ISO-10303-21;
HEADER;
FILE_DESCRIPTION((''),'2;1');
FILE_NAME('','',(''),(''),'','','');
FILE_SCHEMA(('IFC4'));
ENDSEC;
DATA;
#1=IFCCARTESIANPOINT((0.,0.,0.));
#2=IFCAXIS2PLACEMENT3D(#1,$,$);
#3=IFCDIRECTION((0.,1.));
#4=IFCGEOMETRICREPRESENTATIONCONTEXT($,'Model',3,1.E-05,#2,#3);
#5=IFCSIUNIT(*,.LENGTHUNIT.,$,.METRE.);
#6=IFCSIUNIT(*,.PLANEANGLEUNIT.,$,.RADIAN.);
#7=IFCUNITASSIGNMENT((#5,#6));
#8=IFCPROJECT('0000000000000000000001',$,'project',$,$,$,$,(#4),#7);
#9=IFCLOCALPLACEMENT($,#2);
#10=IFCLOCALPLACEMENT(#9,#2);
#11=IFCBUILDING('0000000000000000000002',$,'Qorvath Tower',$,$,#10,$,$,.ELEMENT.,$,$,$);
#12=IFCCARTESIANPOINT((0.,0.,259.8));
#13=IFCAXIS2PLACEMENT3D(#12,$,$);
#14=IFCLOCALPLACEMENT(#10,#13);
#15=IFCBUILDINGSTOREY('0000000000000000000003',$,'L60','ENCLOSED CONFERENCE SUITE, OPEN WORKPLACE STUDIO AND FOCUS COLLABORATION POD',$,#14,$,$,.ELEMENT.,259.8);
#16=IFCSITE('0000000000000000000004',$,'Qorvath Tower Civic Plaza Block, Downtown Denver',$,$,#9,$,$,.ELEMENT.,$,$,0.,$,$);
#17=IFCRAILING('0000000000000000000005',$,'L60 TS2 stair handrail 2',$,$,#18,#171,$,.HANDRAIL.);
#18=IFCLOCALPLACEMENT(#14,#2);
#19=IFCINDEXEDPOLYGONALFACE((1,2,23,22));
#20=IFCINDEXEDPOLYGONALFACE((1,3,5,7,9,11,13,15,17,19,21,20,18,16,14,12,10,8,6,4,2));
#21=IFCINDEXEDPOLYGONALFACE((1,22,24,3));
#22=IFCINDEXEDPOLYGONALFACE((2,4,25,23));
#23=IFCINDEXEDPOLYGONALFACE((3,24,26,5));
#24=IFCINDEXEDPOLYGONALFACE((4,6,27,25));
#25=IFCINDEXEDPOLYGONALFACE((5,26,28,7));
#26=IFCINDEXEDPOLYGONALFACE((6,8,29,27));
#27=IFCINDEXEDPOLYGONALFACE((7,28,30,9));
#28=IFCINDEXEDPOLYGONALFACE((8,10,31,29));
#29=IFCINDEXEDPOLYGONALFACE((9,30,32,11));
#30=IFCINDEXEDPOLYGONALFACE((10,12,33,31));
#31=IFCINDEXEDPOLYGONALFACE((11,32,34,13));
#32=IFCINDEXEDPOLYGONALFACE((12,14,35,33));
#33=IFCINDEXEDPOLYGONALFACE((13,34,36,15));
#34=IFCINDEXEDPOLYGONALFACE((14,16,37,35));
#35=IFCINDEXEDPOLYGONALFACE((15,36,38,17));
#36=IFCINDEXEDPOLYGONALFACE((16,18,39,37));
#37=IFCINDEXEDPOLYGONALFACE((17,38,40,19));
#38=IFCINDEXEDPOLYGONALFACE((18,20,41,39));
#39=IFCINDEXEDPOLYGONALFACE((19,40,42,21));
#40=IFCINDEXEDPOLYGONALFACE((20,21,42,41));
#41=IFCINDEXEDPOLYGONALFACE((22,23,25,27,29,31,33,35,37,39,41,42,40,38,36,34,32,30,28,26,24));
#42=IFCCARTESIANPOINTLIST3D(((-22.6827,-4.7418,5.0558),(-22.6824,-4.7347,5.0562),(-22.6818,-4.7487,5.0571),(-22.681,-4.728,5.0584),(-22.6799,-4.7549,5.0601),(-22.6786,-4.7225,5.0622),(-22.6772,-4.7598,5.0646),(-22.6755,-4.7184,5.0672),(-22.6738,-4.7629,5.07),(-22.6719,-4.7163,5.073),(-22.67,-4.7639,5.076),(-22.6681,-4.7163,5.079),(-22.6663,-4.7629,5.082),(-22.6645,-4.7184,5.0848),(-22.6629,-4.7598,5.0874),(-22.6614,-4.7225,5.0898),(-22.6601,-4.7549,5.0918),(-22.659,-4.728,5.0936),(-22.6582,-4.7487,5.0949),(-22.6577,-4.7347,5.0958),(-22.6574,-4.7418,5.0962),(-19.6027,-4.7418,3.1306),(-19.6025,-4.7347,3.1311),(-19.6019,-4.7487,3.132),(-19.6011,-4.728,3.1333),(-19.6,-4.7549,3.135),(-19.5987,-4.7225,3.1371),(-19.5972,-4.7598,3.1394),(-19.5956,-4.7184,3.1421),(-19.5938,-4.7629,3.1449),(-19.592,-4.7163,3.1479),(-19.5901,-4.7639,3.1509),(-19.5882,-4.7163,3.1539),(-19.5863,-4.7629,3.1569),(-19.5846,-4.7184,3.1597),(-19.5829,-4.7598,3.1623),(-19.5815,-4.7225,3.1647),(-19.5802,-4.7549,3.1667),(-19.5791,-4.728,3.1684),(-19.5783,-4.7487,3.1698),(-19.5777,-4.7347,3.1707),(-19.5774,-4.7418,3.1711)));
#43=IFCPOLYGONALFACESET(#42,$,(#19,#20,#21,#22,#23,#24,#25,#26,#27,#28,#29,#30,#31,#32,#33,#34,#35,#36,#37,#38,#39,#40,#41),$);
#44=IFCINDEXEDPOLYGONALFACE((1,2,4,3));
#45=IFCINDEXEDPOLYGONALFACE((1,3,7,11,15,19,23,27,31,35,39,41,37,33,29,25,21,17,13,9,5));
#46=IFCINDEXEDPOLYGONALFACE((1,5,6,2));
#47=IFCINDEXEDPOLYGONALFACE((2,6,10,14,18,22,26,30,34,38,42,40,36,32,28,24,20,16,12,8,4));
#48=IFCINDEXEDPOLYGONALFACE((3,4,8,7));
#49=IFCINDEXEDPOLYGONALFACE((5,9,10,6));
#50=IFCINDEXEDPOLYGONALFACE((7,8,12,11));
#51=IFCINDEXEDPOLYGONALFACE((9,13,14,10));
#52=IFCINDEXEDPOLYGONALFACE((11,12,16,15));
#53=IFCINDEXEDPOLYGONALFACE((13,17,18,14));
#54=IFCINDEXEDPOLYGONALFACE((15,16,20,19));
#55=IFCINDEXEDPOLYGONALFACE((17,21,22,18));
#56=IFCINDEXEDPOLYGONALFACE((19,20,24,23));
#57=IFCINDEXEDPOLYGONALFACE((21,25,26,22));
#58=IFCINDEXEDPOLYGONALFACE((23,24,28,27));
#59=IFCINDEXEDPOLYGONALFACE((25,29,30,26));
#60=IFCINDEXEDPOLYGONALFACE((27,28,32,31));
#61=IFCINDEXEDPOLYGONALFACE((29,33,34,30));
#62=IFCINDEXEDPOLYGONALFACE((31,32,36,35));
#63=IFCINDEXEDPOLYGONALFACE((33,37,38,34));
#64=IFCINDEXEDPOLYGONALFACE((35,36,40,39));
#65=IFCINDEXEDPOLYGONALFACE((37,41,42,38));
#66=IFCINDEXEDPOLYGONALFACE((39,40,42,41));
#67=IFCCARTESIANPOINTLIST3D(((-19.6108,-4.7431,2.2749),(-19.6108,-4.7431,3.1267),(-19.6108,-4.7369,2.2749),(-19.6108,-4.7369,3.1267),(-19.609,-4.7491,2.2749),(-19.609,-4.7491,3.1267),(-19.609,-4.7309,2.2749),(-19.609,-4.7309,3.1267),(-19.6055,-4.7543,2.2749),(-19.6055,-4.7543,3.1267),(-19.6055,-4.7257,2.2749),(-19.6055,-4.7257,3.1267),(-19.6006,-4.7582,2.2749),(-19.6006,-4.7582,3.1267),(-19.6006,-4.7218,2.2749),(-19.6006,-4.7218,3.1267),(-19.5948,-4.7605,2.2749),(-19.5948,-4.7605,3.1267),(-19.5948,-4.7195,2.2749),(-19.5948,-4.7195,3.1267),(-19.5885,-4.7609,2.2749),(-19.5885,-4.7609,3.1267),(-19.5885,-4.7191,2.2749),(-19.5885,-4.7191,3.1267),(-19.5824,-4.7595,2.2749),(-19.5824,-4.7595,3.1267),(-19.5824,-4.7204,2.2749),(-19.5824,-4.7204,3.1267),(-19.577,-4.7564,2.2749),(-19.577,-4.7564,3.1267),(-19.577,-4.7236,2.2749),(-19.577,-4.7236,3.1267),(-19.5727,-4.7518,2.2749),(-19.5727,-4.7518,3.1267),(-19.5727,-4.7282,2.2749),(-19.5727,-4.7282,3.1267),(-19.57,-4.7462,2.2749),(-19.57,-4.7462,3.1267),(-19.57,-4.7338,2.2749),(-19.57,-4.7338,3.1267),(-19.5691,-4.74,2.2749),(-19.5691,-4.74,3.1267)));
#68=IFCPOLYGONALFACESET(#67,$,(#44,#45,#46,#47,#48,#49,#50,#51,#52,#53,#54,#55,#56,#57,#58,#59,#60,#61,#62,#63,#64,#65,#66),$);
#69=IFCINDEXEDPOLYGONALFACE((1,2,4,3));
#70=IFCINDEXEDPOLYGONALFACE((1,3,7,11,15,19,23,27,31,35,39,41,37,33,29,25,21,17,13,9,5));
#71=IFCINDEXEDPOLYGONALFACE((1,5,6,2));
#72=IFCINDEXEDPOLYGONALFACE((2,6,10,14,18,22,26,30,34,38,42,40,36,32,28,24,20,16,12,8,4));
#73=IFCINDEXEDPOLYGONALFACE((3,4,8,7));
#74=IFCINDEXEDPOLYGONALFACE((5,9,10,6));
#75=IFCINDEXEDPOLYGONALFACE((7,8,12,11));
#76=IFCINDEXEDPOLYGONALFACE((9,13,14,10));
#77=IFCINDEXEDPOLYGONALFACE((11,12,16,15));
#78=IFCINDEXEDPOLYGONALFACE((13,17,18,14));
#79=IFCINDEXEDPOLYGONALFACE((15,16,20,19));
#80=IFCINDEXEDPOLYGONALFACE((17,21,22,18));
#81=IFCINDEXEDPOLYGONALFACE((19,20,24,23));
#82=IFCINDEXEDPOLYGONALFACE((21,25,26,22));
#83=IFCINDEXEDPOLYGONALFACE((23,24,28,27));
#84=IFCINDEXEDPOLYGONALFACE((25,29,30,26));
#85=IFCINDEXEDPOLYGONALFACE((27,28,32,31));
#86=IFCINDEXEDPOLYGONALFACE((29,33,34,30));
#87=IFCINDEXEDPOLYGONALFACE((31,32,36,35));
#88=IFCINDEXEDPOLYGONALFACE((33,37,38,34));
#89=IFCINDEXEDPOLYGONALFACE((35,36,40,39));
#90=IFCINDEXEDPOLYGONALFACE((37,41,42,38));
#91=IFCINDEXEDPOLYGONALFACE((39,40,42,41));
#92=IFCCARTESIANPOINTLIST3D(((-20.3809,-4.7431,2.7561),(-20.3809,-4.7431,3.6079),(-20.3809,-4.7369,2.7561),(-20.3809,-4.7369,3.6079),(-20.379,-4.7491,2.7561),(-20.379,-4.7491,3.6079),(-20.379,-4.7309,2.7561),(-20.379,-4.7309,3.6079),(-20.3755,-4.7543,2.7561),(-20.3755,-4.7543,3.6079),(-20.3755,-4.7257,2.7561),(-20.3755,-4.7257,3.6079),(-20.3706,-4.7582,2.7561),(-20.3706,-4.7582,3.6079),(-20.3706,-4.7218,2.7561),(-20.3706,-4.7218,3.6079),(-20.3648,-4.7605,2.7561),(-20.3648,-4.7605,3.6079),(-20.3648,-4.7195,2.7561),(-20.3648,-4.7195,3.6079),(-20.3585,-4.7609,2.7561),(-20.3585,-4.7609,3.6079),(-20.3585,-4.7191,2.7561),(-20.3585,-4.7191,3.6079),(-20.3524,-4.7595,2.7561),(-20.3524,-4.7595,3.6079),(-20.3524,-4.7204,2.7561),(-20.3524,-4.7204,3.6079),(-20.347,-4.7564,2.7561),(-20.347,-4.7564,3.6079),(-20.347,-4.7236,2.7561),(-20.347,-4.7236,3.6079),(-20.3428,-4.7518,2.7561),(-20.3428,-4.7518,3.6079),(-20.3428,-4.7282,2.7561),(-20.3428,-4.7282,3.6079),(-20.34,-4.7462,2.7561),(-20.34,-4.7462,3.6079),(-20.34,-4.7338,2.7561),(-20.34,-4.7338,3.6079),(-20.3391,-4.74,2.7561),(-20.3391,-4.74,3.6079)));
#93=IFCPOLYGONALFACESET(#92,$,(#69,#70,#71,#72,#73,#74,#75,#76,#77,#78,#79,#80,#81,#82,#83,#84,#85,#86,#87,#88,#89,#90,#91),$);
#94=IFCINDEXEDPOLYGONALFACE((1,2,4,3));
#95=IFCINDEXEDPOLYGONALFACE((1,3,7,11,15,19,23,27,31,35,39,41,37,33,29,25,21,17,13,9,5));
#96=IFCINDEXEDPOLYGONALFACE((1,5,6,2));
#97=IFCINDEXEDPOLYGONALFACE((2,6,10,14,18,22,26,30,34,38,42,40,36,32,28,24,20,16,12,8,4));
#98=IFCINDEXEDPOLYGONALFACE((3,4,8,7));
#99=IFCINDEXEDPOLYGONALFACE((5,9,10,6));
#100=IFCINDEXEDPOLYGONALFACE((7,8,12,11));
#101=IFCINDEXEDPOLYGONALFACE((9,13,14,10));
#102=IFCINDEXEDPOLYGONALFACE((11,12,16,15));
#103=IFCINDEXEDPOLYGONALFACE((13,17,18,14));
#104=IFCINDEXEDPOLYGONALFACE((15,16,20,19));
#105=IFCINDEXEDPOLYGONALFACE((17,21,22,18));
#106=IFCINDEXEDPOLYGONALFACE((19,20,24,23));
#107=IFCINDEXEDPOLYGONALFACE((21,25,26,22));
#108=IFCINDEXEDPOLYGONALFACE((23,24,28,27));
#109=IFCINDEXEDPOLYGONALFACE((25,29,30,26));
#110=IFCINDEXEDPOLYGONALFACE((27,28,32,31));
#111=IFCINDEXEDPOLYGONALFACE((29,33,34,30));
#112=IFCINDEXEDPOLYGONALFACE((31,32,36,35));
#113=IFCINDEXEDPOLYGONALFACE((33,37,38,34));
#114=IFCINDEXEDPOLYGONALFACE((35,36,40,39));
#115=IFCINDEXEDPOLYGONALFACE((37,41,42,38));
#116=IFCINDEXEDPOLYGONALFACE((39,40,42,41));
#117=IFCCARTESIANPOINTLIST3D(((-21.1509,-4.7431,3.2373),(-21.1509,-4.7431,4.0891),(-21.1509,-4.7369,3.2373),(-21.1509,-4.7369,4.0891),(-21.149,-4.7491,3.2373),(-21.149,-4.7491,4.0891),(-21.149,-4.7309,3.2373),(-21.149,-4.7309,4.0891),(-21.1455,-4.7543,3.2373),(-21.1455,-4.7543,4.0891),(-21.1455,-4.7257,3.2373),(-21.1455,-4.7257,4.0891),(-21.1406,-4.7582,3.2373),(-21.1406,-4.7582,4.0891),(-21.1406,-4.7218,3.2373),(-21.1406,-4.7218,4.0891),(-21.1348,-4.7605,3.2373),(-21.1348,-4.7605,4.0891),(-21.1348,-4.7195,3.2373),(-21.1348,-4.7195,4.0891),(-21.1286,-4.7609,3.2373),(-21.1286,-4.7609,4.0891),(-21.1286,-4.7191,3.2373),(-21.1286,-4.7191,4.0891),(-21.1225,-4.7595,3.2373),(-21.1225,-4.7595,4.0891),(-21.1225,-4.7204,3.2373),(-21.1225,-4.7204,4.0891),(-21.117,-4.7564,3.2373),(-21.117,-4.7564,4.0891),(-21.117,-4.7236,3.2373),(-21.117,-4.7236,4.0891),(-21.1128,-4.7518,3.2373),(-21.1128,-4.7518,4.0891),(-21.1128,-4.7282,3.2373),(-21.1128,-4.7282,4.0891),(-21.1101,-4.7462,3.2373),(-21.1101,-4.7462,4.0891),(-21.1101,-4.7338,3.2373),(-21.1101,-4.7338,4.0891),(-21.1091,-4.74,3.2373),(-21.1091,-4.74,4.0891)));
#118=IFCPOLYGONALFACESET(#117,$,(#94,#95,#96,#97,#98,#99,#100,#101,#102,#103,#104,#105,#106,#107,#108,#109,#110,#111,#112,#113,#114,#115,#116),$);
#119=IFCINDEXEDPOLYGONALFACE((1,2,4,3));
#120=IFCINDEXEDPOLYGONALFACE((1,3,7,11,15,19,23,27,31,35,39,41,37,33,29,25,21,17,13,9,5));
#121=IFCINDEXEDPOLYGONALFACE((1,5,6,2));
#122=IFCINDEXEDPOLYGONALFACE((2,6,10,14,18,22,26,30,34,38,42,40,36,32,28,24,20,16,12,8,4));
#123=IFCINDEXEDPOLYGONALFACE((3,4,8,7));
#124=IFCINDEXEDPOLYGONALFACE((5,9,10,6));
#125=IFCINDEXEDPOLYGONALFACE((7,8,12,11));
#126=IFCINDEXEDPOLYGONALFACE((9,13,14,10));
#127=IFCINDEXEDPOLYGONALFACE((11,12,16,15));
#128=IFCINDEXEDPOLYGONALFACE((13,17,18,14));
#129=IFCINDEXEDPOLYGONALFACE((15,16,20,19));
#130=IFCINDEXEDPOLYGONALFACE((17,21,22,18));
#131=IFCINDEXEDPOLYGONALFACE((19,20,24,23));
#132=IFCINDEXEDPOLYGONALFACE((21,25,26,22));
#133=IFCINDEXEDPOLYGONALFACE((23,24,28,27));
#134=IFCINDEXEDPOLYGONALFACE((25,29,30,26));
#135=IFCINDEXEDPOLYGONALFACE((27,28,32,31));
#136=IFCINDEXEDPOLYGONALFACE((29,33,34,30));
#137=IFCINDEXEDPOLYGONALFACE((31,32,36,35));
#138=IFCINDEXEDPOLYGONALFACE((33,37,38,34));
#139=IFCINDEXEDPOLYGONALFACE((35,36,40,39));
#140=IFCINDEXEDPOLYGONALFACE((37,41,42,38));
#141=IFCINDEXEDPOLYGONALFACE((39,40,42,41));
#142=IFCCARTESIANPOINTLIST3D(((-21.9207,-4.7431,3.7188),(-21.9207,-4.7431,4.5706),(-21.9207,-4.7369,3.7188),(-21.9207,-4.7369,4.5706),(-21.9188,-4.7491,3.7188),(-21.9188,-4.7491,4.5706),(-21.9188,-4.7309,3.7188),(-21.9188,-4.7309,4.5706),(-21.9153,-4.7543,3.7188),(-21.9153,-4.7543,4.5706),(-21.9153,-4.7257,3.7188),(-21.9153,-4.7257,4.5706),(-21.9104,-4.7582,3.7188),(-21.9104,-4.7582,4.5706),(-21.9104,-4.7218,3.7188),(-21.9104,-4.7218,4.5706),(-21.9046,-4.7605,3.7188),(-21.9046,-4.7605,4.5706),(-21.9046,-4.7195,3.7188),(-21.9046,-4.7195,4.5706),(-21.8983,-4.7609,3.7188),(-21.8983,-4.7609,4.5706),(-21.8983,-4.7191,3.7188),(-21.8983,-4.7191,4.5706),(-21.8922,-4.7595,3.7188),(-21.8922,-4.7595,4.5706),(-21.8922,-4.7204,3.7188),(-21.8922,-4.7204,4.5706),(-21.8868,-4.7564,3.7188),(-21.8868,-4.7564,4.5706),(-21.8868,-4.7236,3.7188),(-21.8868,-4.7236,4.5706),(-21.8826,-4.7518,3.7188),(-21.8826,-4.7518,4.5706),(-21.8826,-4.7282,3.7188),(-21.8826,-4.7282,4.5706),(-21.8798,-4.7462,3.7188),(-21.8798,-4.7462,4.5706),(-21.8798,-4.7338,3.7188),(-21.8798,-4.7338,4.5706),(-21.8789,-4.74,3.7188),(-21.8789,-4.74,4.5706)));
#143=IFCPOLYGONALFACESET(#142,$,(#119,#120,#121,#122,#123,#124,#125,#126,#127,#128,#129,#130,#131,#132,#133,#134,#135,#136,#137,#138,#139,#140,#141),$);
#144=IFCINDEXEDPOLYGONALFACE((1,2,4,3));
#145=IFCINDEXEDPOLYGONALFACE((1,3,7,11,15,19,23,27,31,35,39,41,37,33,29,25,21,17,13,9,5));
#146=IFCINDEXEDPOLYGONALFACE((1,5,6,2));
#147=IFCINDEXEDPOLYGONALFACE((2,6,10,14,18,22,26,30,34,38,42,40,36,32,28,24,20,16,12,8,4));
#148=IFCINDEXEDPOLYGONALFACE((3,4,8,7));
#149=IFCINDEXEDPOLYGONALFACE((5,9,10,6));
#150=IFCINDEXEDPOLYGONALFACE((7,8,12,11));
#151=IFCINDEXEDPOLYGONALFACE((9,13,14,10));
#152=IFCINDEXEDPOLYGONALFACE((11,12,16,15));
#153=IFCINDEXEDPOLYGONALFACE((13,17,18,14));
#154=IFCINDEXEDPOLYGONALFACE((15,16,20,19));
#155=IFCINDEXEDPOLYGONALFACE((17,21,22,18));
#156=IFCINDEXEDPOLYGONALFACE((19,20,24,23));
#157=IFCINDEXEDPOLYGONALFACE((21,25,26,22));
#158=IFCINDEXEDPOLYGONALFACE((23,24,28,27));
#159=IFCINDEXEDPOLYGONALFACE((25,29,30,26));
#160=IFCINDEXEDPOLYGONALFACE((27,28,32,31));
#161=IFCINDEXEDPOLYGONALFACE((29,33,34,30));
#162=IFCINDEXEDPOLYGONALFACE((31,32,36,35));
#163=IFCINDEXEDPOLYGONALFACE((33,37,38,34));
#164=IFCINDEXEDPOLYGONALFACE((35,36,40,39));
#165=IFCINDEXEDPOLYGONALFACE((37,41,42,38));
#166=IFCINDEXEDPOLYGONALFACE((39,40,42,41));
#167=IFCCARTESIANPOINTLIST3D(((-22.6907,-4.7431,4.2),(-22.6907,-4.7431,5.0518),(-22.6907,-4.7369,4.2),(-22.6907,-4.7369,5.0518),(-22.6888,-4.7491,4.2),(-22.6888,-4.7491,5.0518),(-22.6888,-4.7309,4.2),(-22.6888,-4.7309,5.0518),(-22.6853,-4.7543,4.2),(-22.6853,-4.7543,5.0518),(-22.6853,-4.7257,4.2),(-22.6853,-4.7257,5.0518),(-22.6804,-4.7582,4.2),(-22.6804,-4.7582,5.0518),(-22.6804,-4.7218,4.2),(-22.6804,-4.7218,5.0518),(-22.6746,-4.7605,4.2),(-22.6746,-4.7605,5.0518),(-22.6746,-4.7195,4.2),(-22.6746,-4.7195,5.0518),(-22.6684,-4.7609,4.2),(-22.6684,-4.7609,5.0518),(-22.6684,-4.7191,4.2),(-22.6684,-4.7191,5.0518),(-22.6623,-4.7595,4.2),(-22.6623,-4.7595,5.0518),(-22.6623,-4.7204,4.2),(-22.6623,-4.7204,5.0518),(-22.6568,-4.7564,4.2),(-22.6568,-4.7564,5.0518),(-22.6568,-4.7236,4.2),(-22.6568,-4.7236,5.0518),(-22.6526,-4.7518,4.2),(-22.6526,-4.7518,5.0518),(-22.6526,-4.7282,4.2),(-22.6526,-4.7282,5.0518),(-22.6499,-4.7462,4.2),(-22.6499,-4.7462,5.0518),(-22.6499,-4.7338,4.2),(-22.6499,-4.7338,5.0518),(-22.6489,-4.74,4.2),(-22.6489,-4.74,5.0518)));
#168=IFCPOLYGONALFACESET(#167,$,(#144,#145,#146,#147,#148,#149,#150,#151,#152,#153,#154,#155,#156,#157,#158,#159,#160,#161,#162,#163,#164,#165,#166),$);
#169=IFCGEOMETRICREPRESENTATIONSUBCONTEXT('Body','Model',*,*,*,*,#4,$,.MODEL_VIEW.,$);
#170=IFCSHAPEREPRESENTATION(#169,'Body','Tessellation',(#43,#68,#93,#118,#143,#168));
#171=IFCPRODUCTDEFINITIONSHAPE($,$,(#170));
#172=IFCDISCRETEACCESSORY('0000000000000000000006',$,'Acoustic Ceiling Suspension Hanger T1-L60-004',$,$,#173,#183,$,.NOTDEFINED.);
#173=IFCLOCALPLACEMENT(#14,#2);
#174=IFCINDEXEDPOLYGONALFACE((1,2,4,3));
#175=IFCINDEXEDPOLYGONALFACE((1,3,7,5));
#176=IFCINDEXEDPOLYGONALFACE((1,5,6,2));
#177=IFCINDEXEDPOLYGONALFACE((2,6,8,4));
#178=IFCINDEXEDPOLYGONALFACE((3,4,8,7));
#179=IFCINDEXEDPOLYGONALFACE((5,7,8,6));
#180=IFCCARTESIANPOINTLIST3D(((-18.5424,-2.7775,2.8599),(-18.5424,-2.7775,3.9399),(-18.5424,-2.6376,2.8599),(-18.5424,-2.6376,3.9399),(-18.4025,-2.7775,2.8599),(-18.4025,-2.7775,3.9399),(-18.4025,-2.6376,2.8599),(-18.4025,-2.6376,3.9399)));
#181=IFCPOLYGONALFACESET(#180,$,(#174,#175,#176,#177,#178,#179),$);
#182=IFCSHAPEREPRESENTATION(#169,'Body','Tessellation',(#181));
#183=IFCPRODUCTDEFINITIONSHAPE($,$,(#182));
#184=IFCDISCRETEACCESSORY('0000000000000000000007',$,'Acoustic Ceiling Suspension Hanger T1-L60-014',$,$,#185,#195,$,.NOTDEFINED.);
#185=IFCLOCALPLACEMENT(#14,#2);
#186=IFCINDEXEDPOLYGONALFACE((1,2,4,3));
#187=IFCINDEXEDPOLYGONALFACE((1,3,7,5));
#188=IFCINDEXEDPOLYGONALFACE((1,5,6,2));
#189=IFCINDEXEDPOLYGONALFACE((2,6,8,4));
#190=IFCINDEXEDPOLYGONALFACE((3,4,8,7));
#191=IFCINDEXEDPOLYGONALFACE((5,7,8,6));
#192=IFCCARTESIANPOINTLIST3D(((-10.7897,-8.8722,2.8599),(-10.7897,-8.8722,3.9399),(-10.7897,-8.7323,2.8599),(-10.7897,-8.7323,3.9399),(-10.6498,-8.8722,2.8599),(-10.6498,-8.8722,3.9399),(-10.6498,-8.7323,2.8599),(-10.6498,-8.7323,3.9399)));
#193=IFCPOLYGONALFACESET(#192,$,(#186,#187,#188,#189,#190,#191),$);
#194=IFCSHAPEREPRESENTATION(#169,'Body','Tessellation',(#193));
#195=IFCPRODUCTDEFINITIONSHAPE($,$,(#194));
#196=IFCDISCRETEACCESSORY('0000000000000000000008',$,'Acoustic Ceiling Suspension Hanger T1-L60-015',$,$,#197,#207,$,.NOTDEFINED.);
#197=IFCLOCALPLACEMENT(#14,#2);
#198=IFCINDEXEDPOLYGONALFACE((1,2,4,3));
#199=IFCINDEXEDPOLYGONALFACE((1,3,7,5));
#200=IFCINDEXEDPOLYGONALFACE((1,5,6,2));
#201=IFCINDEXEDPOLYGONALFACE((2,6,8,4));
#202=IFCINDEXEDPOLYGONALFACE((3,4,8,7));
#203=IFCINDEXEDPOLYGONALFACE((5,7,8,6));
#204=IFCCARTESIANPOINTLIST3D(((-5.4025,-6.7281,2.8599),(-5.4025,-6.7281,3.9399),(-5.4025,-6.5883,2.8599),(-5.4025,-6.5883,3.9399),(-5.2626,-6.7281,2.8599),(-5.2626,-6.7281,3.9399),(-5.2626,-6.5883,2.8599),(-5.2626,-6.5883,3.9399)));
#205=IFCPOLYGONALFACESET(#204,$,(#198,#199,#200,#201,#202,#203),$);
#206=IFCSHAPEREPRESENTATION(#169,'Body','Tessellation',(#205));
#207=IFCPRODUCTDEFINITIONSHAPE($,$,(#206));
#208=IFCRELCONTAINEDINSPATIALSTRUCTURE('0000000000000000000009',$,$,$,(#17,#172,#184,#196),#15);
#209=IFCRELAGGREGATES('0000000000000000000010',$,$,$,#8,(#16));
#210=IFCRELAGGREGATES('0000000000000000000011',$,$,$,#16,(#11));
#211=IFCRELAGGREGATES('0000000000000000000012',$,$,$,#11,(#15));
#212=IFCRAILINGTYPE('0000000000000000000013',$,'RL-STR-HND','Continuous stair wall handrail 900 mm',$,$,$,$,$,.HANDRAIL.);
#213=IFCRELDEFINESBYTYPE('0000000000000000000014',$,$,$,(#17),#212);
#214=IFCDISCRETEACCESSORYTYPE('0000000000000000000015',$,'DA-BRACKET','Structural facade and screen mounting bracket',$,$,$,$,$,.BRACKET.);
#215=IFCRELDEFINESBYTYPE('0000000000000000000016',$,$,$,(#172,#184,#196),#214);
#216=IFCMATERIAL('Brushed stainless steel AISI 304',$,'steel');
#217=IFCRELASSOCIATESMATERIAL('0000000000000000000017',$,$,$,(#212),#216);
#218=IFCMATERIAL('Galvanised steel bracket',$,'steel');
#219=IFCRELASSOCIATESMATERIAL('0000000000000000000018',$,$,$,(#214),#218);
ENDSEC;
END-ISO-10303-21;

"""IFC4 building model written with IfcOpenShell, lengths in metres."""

from ifc_helpers import new_model, si_unit, direction, frame, origin, origin_2d, place, context, subcontext, project, spatial, rectangle, circle, extrude, material, type_object, element, save


model = new_model("IFC4")

# Units and contexts
model_context = context("Model", 3, precision=1e-05, world=origin(), true_north=direction((0.0, 1.0)))
body_context = subcontext(model_context, "Body", "Model", "MODEL_VIEW")
ifc_project = project(units=[si_unit("LENGTHUNIT", "METRE"), si_unit("PLANEANGLEUNIT", "RADIAN")], contexts=[model_context])

# Site, building, storey
site_placement = place(None, origin())
site = spatial("IfcSite", under=ifc_project, at=site_placement, Name="Qorvath Tower Civic Plaza Block, Downtown Denver", CompositionType="ELEMENT", RefElevation=0.0)
building_placement = place(site_placement, origin())
building = spatial("IfcBuilding", under=site, at=building_placement, Name="Qorvath Tower", CompositionType="ELEMENT")
storey_placement = place(building_placement, frame((0.0, 0.0, 259.8)))
storey = spatial("IfcBuildingStorey", under=building, at=storey_placement, Name="L60", Description="ENCLOSED CONFERENCE SUITE, OPEN WORKPLACE STUDIO AND FOCUS COLLABORATION POD", CompositionType="ELEMENT", Elevation=259.8)

# Railing
ifc_material_1 = material(Name="Brushed stainless steel AISI 304", Category="steel")
railing_type_1 = type_object("IfcRailingType", Name="RL-STR-HND", Description="Continuous stair wall handrail 900 mm", PredefinedType="HANDRAIL", material=ifc_material_1)
railing_1_placement = place(storey_placement, frame((-19.5901, -4.74, 2.2749)))
element("IfcRailing", 1, at=railing_1_placement, inside=storey, type_object=railing_type_1, Name="L60 TS2 stair handrail 2", PredefinedType="HANDRAIL", context=body_context, shape_type="SweptSolid", body=[
    extrude(circle(Radius=0.0239, at=origin_2d()), frame((0.0, 0.0, 0.876), z_axis=(-0.847979, 0.0, 0.530029), x_axis=(0.0, -1.0, 0.0)), (0.0, 0.0, 1.0), 3.6321),
    extrude(circle(Radius=0.021, at=origin_2d()), origin(), (0.0, 0.0, 1.0), 0.8518),
    extrude(circle(Radius=0.021, at=origin_2d()), frame((-0.77, 0.0, 0.4812)), (0.0, 0.0, 1.0), 0.8518),
    extrude(circle(Radius=0.021, at=origin_2d()), frame((-1.54, 0.0, 0.9624)), (0.0, 0.0, 1.0), 0.8518),
    extrude(circle(Radius=0.021, at=origin_2d()), frame((-2.3098, 0.0, 1.4438)), (0.0, 0.0, 1.0), 0.8518),
    extrude(circle(Radius=0.021, at=origin_2d()), frame((-3.0798, 0.0, 1.925)), (0.0, 0.0, 1.0), 0.8518),
])

# Discrete accessories
ifc_material_2 = material(Name="Galvanised steel bracket", Category="steel")
discrete_accessory_type = type_object("IfcDiscreteAccessoryType", Name="DA-BRACKET", Description="Structural facade and screen mounting bracket", PredefinedType="BRACKET", material=ifc_material_2)
for number, where, z_axis, x_axis, name in (
    (2, (-18.4724, -2.7075, 2.8599), (0.0, 0.0, 1.0), (1.0, 0.0, 0.0), "Acoustic Ceiling Suspension Hanger T1-L60-004"),
    (3, (-10.7197, -8.8022, 2.8599), (0.0, 0.0, 1.0), (1.0, 0.0, 0.0), "Acoustic Ceiling Suspension Hanger T1-L60-014"),
    (4, (-5.3325, -6.6582, 2.8599), (0.0, 0.0, 1.0), (1.0, 0.0, 0.0), "Acoustic Ceiling Suspension Hanger T1-L60-015"),
):
    element("IfcDiscreteAccessory", number, at=place(storey_placement, frame(where, z_axis=z_axis, x_axis=x_axis)), inside=storey, type_object=discrete_accessory_type, Name=name, PredefinedType="NOTDEFINED", context=body_context, shape_type="SweptSolid", body=[
        extrude(rectangle(XDim=0.1399, YDim=0.1399, at=origin_2d()), origin(), (0.0, 0.0, 1.0), 1.0801),
    ])

save(model, "model.ifc")
